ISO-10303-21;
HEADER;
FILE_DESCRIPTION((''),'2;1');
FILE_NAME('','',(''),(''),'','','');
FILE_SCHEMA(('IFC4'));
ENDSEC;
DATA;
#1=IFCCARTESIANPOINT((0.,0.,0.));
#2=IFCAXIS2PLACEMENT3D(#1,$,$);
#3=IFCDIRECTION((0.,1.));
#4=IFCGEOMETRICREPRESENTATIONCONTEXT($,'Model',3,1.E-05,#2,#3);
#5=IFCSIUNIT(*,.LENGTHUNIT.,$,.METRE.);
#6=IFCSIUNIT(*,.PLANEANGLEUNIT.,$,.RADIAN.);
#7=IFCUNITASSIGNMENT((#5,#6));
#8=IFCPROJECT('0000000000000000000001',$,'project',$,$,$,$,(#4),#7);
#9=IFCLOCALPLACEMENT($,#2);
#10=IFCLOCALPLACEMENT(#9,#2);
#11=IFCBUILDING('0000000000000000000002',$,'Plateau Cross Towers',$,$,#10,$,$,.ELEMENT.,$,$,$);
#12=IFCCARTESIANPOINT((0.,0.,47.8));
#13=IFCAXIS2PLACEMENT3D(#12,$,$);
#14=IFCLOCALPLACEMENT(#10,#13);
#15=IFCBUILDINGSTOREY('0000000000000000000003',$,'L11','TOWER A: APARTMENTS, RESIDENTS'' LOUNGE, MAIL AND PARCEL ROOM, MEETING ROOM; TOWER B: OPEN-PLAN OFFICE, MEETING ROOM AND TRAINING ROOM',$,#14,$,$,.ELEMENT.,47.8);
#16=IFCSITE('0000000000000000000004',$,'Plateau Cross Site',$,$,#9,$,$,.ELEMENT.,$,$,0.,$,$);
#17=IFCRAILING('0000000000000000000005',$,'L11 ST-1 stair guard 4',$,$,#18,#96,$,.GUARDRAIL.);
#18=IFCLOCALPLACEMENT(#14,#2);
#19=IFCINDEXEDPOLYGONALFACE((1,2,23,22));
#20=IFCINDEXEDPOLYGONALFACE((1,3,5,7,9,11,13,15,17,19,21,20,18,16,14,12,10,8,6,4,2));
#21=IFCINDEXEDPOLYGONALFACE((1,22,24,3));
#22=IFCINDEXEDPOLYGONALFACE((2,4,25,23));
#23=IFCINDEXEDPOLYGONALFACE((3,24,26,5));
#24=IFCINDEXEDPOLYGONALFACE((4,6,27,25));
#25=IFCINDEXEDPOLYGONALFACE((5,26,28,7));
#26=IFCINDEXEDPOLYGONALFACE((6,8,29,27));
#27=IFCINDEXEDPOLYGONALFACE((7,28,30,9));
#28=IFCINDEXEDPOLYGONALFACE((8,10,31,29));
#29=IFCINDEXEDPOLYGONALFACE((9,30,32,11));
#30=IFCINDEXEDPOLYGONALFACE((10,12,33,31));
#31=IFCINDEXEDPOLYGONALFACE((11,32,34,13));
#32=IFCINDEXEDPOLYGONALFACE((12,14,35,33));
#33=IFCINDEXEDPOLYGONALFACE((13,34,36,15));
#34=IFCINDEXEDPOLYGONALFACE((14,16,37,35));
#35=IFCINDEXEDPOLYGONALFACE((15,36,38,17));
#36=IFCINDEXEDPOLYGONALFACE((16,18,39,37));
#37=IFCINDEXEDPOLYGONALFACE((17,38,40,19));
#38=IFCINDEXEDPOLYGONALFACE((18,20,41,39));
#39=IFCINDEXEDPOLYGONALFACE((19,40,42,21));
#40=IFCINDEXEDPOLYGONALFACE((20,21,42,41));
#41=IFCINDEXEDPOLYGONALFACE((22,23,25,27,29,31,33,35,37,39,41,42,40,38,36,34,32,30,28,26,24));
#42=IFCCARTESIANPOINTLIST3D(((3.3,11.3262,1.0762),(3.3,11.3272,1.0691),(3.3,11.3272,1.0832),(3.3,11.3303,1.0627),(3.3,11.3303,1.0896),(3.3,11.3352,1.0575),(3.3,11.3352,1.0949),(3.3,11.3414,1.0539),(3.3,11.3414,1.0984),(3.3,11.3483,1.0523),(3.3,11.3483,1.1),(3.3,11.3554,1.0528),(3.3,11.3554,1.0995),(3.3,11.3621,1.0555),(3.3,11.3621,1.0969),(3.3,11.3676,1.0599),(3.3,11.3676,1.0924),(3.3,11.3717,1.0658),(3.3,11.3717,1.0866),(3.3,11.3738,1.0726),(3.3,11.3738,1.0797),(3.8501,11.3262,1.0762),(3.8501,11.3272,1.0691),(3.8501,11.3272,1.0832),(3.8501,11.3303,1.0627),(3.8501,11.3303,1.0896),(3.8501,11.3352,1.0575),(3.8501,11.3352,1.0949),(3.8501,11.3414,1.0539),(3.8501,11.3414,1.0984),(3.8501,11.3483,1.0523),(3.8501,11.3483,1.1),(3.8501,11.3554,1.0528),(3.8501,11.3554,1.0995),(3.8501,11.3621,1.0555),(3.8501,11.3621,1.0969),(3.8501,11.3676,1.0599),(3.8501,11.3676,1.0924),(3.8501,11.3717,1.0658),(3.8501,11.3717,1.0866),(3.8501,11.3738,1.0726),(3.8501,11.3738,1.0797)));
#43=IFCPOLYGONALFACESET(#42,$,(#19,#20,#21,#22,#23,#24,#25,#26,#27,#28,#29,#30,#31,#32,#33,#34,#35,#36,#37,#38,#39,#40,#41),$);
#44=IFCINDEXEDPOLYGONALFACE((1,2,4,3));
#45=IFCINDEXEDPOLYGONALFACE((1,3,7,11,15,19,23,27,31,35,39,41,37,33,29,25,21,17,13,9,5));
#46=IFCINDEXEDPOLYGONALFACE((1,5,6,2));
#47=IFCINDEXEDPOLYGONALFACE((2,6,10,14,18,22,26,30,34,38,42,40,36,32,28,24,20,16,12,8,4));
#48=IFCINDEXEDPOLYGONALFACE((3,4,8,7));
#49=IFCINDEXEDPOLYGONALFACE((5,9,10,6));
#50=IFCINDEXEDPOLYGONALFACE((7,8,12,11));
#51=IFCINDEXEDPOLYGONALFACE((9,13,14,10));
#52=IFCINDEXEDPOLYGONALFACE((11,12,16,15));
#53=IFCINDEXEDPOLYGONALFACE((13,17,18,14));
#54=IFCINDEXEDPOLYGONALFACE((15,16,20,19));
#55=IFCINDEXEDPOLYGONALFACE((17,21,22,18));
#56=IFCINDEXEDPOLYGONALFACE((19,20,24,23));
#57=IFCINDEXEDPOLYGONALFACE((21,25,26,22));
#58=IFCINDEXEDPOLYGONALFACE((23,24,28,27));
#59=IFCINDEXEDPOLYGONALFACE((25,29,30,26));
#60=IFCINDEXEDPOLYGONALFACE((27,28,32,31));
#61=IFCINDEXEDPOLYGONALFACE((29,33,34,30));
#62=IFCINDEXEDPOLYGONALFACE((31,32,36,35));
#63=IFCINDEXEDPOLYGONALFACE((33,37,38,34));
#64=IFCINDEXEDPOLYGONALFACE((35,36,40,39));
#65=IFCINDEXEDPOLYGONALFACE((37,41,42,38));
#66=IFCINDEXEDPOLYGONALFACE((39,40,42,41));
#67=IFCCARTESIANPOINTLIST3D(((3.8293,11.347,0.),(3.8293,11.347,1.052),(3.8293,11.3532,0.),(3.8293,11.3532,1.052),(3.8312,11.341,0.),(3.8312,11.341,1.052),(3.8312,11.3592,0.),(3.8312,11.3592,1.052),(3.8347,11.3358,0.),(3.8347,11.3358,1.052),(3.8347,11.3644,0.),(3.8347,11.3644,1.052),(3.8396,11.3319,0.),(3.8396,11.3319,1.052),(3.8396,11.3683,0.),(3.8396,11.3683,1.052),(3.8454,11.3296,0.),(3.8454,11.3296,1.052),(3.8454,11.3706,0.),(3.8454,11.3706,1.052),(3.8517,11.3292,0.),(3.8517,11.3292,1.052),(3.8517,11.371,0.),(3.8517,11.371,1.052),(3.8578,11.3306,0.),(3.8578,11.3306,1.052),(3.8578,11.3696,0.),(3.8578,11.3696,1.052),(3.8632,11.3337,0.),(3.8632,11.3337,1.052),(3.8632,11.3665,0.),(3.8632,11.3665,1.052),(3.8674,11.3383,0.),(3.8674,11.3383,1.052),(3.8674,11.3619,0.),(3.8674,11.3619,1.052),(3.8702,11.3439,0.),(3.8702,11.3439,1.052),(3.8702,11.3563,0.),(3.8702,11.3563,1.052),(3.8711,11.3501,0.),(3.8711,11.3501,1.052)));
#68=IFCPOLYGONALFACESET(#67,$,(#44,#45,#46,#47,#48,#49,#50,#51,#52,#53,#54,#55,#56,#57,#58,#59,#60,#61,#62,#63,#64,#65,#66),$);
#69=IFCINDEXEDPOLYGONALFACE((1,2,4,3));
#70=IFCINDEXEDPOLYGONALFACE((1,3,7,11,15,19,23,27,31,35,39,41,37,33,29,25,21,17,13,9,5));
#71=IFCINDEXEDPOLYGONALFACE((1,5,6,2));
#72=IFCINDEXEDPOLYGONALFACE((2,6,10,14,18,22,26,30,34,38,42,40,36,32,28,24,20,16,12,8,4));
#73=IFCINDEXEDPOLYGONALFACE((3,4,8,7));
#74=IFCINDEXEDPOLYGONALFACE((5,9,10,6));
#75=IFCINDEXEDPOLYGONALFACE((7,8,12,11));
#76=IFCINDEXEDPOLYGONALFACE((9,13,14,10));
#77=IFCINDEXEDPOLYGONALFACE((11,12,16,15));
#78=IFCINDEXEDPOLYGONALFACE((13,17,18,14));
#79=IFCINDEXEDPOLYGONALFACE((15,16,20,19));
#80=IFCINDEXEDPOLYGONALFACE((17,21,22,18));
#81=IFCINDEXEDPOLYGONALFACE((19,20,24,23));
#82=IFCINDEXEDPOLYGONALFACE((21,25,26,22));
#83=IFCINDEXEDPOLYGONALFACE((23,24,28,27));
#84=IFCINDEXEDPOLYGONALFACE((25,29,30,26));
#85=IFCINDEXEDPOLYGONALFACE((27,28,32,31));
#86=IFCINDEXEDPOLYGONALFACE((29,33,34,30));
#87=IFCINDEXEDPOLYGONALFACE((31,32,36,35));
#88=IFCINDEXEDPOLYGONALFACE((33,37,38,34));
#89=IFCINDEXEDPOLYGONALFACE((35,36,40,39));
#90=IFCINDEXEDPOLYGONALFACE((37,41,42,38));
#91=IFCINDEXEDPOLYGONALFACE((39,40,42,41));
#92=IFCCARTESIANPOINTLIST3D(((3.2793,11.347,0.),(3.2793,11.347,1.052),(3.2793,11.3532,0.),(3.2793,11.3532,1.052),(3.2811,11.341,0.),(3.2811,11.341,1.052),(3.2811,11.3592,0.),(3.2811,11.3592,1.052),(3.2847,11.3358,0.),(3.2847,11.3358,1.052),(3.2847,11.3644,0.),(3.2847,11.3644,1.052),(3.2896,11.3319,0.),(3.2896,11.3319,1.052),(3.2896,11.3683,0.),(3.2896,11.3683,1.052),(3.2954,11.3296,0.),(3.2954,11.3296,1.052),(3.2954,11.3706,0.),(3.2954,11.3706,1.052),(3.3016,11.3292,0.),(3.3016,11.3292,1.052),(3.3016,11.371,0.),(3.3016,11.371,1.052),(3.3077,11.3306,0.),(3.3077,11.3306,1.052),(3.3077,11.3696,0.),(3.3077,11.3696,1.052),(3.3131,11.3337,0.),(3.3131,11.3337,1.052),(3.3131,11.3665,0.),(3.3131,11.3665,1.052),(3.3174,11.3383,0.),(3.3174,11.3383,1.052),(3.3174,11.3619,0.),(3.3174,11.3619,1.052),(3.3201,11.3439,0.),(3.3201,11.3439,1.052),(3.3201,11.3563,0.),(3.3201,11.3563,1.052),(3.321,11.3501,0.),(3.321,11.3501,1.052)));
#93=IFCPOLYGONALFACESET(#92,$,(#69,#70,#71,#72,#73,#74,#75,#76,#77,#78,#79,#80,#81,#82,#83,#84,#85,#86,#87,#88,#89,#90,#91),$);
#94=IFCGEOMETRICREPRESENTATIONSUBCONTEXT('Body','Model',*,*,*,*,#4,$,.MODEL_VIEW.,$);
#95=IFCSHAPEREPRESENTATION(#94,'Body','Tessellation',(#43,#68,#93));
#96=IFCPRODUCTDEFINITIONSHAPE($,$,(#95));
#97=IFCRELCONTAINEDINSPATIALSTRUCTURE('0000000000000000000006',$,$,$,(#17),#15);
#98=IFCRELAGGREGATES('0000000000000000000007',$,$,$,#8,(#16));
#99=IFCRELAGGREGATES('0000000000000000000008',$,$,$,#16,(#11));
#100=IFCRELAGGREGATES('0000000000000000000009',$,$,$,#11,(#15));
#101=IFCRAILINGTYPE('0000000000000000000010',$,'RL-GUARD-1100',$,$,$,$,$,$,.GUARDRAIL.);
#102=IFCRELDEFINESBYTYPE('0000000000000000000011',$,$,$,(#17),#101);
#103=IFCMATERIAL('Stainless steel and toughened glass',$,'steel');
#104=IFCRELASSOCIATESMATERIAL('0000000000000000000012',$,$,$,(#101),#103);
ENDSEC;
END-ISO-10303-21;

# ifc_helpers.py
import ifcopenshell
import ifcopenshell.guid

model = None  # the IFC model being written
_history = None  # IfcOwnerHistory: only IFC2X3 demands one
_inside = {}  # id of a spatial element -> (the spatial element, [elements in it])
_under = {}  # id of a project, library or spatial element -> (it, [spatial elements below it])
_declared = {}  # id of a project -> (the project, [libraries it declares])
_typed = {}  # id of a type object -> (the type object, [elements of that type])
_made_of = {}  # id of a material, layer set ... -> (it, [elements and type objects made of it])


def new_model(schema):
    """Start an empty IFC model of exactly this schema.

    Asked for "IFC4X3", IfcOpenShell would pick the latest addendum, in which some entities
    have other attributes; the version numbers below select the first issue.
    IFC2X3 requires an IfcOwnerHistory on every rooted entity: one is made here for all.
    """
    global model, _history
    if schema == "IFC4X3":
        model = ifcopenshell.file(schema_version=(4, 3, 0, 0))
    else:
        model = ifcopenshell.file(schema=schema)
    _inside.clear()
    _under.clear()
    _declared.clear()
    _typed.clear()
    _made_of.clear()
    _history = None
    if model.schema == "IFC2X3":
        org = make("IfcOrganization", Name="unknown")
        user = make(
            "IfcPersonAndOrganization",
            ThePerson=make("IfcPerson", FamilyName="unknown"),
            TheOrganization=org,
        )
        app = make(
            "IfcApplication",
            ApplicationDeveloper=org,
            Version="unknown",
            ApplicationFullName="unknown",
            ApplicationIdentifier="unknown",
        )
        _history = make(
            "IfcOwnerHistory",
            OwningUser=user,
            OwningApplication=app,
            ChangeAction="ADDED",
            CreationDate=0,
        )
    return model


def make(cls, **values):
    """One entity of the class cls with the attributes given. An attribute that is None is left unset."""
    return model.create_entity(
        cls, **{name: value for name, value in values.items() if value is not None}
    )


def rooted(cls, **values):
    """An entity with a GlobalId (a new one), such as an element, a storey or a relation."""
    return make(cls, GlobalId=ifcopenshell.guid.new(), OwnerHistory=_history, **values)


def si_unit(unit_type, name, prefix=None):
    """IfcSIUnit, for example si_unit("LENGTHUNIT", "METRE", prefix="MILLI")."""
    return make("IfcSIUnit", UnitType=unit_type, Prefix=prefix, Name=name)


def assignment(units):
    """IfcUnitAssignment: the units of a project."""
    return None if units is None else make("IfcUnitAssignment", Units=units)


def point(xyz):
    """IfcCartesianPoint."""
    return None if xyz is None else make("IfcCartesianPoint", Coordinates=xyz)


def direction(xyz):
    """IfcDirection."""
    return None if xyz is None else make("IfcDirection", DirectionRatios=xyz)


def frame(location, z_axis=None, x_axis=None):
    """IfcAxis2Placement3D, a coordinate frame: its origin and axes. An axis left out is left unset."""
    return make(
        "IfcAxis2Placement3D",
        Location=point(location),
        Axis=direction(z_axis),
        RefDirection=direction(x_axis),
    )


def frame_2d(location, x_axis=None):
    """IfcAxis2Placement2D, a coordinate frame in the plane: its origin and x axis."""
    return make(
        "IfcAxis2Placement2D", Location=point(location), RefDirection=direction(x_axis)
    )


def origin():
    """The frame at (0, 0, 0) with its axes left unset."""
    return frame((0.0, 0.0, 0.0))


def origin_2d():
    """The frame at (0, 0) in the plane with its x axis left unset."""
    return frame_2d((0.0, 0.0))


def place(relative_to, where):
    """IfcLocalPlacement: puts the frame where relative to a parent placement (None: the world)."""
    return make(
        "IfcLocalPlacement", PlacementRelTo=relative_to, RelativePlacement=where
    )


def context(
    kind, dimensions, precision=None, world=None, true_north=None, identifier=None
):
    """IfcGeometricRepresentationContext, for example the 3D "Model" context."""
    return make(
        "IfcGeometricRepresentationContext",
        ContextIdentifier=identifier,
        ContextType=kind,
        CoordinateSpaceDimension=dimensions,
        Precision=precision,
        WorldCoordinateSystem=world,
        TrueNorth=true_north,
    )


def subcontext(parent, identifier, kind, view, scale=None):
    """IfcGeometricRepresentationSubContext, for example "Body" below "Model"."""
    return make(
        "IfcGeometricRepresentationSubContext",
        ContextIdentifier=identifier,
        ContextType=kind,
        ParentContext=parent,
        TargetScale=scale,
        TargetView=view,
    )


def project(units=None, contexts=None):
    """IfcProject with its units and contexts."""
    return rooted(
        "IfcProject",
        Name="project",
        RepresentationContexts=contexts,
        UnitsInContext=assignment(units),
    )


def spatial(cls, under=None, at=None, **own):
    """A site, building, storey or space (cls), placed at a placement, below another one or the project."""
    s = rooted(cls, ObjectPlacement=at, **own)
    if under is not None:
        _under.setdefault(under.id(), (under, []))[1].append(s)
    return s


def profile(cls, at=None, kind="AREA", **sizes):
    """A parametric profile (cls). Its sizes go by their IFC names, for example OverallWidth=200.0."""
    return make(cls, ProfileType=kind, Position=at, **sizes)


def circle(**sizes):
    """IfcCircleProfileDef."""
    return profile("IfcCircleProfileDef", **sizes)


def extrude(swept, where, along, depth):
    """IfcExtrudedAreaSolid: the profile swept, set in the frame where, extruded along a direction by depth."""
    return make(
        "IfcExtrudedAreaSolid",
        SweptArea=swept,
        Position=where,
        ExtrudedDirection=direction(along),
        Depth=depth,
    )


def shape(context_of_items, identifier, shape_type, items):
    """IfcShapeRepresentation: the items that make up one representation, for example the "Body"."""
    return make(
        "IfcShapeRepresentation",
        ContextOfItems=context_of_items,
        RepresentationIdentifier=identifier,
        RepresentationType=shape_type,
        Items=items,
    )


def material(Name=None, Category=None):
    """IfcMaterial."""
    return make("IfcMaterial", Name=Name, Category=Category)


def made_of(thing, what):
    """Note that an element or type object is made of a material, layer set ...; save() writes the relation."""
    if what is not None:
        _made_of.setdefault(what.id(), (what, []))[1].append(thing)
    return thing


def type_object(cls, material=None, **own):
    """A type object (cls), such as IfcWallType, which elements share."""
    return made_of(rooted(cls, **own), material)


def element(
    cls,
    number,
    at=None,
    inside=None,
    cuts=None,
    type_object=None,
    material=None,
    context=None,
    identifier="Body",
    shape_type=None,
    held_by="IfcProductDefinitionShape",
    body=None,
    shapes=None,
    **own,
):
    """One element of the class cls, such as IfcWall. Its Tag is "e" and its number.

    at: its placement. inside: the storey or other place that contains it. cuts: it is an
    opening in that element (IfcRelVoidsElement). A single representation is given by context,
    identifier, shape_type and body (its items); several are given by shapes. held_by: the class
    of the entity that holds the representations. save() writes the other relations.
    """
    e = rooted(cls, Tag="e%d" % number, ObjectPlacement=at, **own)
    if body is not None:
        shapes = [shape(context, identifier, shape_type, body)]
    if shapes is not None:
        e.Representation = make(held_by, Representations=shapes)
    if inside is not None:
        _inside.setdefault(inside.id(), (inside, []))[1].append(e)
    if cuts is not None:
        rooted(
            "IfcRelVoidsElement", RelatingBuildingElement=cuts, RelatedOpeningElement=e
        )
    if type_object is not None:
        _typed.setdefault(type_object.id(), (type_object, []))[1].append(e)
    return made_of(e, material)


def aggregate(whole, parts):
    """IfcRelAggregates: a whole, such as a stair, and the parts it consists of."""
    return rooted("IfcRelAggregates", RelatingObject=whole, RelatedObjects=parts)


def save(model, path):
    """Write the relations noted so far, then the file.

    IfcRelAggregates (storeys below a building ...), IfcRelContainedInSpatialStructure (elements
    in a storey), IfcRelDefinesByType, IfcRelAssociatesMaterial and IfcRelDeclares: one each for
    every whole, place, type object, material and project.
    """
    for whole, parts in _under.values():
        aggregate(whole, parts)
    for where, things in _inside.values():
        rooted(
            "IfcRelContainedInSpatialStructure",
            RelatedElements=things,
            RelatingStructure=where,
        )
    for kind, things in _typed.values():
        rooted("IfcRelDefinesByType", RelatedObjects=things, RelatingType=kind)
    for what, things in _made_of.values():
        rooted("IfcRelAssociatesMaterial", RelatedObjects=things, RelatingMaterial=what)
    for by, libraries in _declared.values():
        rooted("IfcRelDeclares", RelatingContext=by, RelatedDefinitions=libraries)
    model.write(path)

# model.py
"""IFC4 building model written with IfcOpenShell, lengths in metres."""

from ifc_helpers import new_model, si_unit, direction, frame, origin, origin_2d, place, context, subcontext, project, spatial, circle, extrude, material, type_object, element, save


model = new_model("IFC4")

# Units and contexts
model_context = context("Model", 3, precision=1e-05, world=origin(), true_north=direction((0.0, 1.0)))
body_context = subcontext(model_context, "Body", "Model", "MODEL_VIEW")
ifc_project = project(units=[si_unit("LENGTHUNIT", "METRE"), si_unit("PLANEANGLEUNIT", "RADIAN")], contexts=[model_context])

# Site, building, storey
site_placement = place(None, origin())
site = spatial("IfcSite", under=ifc_project, at=site_placement, Name="Plateau Cross Site", CompositionType="ELEMENT", RefElevation=0.0)
building_placement = place(site_placement, origin())
building = spatial("IfcBuilding", under=site, at=building_placement, Name="Plateau Cross Towers", CompositionType="ELEMENT")
storey_placement = place(building_placement, frame((0.0, 0.0, 47.8)))
storey = spatial("IfcBuildingStorey", under=building, at=storey_placement, Name="L11", Description="TOWER A: APARTMENTS, RESIDENTS' LOUNGE, MAIL AND PARCEL ROOM, MEETING ROOM; TOWER B: OPEN-PLAN OFFICE, MEETING ROOM AND TRAINING ROOM", CompositionType="ELEMENT", Elevation=47.8)

# Railing
ifc_material_1 = material(Name="Stainless steel and toughened glass", Category="steel")
railing_type = type_object("IfcRailingType", Name="RL-GUARD-1100", PredefinedType="GUARDRAIL", material=ifc_material_1)
railing_1_placement = place(storey_placement, frame((3.8501, 11.3501, 0.0)))
element("IfcRailing", 1, at=railing_1_placement, inside=storey, type_object=railing_type, Name="L11 ST-1 stair guard 4", PredefinedType="GUARDRAIL", context=body_context, shape_type="SweptSolid", body=[
    extrude(circle(Radius=0.0239, at=origin_2d()), frame((0.0, 0.0, 1.0762), z_axis=(-1.0, 0.0, 0.0), x_axis=(0.0, -1.0, 0.0)), (0.0, 0.0, 1.0), 0.55),
    extrude(circle(Radius=0.021, at=origin_2d()), origin(), (0.0, 0.0, 1.0), 1.052),
    extrude(circle(Radius=0.021, at=origin_2d()), frame((-0.55, 0.0, 0.0)), (0.0, 0.0, 1.0), 1.052),
])

save(model, "model.ifc")
